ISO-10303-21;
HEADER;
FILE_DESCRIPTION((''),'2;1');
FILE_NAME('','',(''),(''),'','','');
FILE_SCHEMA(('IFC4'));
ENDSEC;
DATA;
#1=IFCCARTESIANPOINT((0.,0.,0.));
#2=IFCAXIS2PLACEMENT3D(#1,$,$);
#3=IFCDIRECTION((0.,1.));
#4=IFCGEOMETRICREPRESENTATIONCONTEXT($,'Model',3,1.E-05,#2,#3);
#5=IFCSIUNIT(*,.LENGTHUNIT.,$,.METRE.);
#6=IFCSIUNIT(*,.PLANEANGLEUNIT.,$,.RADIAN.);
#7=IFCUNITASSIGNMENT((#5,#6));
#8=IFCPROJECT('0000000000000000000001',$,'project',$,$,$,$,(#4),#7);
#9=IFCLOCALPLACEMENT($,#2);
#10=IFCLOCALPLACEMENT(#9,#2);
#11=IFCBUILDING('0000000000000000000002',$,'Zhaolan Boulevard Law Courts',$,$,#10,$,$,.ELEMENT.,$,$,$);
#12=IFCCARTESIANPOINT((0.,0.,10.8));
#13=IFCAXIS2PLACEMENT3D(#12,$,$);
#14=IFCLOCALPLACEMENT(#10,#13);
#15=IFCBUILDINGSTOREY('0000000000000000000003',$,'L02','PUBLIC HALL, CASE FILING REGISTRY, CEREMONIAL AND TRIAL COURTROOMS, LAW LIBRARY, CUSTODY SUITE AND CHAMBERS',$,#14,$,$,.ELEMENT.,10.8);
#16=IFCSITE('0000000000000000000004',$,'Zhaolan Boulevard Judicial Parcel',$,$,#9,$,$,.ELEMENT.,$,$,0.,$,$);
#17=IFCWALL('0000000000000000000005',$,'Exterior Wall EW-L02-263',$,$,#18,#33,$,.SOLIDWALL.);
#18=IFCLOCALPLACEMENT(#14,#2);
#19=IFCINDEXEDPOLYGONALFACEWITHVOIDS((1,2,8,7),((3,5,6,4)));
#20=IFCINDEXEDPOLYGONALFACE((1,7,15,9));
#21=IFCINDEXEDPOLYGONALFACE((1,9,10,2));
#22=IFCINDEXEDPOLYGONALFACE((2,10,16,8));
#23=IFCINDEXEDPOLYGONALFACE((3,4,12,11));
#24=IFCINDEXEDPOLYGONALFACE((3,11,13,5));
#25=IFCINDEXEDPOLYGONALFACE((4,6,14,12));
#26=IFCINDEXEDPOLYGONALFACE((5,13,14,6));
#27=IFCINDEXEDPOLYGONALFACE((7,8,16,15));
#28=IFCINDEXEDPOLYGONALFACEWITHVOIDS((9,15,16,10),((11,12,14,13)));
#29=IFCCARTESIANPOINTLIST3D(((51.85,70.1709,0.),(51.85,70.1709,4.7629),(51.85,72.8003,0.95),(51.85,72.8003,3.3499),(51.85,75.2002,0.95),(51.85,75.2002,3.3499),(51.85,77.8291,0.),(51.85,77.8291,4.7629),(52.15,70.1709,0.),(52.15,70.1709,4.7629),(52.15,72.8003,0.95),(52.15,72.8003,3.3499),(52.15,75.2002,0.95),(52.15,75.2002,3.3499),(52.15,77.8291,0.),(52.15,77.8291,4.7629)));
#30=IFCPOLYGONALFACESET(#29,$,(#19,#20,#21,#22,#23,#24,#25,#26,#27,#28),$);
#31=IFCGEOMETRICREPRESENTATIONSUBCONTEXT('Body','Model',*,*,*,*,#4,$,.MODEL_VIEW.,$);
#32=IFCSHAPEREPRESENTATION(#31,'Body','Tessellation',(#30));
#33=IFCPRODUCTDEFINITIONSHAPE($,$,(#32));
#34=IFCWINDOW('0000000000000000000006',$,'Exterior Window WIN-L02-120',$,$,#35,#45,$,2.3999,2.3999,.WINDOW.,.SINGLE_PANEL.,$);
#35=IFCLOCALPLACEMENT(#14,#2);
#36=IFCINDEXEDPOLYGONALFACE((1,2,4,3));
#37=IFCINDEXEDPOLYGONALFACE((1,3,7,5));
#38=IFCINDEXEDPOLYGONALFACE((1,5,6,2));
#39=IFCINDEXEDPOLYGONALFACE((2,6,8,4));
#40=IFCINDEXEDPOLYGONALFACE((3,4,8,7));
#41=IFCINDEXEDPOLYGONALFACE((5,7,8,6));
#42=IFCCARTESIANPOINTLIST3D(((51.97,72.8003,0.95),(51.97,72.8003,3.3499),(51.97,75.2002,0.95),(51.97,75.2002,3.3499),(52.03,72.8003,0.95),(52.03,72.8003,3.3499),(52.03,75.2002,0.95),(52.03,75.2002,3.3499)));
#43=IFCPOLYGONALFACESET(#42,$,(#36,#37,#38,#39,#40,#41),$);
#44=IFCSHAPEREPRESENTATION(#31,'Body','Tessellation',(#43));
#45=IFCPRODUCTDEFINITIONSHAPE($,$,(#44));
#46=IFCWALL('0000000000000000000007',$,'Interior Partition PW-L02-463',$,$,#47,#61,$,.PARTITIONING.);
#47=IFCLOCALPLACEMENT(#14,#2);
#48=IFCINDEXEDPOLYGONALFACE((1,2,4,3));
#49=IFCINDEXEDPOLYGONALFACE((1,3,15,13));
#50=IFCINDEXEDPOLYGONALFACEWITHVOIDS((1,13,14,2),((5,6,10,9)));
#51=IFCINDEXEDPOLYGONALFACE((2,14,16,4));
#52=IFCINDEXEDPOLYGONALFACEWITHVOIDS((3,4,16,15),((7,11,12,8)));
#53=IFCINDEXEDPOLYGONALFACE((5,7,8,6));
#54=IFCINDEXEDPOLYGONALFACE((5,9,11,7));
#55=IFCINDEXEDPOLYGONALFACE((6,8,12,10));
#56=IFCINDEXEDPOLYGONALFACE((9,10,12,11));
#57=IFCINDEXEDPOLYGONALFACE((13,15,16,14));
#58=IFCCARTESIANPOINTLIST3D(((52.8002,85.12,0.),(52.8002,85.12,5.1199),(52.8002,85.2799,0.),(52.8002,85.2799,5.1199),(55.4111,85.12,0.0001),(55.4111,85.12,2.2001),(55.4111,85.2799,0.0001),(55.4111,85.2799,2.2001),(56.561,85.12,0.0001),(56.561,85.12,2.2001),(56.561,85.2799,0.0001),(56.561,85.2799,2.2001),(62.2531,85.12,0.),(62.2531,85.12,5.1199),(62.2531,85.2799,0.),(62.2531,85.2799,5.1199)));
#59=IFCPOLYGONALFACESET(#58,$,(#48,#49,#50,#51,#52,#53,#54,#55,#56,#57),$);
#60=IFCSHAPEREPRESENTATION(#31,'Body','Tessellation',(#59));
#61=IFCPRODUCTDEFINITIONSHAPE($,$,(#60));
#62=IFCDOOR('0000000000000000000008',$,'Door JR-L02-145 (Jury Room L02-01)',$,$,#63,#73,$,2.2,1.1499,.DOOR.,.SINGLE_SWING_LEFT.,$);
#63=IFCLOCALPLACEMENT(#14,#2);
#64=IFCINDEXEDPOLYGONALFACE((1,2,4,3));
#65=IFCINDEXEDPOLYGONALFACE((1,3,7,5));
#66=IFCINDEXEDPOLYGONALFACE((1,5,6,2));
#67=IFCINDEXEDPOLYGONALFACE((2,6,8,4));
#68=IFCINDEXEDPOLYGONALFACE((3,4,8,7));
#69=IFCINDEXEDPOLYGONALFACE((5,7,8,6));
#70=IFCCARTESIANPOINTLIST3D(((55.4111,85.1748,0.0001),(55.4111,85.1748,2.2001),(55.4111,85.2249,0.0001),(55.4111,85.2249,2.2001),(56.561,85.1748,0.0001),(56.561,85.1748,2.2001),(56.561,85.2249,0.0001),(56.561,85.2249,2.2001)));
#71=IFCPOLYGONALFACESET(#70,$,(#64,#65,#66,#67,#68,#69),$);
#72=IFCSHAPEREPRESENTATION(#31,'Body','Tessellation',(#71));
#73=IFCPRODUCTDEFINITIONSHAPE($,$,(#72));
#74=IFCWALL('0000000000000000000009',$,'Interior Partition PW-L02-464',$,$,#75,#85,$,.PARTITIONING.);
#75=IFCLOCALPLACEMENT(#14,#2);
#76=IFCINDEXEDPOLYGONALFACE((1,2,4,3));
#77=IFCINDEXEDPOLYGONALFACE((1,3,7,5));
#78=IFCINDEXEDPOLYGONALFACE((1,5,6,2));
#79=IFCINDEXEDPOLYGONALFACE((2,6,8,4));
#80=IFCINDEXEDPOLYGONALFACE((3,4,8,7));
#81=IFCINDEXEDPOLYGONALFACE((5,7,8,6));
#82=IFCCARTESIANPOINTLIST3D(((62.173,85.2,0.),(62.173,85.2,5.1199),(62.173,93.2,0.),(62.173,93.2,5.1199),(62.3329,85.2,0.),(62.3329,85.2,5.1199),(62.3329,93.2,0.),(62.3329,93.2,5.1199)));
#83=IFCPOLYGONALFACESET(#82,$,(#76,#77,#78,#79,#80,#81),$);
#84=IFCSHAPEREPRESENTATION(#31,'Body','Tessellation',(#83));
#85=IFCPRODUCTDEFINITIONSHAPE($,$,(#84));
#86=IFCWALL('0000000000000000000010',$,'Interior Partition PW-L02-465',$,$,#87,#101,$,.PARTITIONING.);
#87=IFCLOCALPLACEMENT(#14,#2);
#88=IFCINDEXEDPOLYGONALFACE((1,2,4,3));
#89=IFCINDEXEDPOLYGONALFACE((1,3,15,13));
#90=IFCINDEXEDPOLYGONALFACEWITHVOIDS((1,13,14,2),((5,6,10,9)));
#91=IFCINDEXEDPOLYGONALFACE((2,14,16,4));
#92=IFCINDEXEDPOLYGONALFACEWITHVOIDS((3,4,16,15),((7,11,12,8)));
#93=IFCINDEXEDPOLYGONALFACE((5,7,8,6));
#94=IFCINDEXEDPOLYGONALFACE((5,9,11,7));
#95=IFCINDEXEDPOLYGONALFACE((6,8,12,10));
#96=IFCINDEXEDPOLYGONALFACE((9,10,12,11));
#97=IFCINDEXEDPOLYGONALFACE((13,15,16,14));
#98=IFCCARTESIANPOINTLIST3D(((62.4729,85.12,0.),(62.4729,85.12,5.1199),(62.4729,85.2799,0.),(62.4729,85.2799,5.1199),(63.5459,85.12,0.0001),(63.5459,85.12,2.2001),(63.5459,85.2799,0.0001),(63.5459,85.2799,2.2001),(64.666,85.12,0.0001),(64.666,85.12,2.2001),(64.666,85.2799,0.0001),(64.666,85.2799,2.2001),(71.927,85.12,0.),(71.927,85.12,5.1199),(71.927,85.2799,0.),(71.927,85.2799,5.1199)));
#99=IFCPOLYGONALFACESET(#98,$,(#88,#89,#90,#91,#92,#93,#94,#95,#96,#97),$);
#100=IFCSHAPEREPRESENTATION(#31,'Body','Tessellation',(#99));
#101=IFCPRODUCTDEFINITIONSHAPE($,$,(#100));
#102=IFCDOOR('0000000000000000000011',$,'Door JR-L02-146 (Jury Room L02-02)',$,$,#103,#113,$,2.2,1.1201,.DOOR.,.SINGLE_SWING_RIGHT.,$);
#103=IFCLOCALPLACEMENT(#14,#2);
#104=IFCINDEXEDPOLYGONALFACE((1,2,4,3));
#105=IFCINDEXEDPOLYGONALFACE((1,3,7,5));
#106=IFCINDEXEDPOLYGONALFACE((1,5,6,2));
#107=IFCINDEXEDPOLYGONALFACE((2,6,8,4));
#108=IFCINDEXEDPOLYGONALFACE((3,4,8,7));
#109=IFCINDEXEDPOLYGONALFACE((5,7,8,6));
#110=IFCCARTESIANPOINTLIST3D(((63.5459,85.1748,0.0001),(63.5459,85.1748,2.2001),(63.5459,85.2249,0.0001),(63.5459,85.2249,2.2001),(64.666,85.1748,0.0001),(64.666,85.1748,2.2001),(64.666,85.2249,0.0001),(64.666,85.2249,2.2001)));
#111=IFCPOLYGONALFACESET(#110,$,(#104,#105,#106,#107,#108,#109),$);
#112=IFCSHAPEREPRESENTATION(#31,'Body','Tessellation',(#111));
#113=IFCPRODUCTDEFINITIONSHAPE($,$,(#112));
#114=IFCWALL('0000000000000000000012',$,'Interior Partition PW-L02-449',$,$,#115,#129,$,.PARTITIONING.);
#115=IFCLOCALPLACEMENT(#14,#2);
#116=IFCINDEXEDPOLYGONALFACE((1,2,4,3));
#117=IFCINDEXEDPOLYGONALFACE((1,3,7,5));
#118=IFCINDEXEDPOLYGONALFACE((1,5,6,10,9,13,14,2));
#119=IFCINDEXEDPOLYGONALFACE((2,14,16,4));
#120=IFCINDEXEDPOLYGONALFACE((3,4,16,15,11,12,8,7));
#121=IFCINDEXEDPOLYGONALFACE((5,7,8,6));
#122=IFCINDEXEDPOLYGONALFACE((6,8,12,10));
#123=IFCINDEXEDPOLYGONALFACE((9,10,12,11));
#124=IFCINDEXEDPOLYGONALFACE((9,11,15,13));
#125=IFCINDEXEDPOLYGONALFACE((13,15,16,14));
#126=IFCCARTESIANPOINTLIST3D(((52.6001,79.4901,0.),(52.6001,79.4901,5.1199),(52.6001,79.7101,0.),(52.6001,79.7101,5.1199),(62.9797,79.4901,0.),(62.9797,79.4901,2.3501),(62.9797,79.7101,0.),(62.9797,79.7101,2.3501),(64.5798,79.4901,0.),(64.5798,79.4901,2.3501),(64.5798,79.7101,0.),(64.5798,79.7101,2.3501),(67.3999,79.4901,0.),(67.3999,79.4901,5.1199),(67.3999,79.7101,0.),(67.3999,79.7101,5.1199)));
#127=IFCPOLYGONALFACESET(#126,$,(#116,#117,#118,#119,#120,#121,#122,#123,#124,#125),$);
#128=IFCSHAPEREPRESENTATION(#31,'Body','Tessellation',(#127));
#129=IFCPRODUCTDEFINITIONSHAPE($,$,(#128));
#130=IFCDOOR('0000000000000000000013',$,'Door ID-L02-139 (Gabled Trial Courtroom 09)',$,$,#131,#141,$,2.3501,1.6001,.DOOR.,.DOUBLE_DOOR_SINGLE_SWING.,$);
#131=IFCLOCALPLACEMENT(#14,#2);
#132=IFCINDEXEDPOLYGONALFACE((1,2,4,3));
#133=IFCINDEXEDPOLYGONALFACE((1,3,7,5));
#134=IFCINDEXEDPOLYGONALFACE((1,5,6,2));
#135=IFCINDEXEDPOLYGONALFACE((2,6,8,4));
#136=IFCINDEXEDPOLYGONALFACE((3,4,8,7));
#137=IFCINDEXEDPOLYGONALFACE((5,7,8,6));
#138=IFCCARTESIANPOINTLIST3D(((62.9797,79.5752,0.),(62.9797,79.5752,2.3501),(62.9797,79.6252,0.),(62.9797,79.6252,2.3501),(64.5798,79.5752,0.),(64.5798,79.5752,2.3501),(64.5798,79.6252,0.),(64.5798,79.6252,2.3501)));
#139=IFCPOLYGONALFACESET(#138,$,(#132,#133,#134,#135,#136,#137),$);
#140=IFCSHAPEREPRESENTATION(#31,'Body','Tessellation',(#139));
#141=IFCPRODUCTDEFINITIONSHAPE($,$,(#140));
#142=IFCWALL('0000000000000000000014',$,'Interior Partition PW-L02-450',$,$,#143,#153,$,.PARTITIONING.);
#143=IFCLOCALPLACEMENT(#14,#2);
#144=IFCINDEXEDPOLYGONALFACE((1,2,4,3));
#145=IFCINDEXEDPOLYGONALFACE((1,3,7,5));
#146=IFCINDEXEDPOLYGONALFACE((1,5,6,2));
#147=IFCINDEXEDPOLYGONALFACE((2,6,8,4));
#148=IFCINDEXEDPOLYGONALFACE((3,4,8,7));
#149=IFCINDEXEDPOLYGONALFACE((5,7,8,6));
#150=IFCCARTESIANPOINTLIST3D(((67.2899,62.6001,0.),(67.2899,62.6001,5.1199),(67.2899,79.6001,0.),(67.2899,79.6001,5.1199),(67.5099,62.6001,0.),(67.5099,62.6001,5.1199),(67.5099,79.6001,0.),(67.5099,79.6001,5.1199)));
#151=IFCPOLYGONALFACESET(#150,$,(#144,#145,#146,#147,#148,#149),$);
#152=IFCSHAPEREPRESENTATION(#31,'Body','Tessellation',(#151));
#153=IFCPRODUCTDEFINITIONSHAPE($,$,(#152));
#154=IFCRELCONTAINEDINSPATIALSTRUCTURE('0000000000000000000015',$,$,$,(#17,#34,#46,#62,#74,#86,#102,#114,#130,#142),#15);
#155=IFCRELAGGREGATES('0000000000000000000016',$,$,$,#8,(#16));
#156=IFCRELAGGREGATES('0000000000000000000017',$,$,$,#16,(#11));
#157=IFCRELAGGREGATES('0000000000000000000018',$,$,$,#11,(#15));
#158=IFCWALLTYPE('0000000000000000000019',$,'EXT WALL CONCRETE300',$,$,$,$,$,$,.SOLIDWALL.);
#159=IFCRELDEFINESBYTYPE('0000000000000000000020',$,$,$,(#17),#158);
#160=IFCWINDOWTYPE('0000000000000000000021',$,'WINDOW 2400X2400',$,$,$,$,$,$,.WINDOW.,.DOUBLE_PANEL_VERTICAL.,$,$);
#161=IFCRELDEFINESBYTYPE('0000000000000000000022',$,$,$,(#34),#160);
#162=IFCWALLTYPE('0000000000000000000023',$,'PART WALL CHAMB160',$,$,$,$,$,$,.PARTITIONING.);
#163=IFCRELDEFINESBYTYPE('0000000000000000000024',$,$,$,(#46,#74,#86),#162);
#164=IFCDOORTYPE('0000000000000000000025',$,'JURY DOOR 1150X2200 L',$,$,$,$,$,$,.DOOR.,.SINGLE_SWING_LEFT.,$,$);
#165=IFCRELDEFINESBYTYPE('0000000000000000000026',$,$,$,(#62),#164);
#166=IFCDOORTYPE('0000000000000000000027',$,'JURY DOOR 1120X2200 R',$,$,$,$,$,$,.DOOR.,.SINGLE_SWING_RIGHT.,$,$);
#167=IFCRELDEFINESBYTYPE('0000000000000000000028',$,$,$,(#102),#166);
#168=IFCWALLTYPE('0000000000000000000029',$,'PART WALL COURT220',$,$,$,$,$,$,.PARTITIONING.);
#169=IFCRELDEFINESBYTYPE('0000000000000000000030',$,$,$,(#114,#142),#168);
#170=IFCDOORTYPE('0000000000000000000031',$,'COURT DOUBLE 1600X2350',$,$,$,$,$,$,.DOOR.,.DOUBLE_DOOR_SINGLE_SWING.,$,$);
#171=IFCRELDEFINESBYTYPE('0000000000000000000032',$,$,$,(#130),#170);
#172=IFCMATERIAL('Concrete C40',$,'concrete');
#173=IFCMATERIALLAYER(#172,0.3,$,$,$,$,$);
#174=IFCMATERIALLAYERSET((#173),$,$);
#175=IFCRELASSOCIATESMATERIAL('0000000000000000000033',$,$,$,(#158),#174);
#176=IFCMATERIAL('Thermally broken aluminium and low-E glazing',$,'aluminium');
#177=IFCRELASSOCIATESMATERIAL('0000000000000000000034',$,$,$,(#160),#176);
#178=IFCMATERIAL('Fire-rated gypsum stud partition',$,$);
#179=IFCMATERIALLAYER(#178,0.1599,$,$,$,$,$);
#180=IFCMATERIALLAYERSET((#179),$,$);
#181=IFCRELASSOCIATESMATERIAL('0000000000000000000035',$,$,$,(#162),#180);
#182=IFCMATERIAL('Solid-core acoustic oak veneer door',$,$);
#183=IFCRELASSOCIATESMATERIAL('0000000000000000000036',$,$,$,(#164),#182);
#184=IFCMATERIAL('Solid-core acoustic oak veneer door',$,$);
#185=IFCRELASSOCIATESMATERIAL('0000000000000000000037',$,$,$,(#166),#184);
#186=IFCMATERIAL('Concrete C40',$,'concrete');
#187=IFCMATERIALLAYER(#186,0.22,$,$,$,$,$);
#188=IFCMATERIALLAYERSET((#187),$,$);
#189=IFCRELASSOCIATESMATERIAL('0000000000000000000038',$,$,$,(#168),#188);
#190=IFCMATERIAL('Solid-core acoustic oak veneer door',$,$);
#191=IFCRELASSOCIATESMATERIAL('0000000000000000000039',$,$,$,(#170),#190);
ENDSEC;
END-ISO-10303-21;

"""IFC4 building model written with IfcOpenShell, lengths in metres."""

from ifc_helpers import new_model, si_unit, direction, frame, frame_2d, origin, place, context, subcontext, project, spatial, rectangle, extrude, material, layer, layer_set, type_object, element, fill, save


model = new_model("IFC4")

# Units and contexts
model_context = context("Model", 3, precision=1e-05, world=origin(), true_north=direction((0.0, 1.0)))
body_context = subcontext(model_context, "Body", "Model", "MODEL_VIEW")
ifc_project = project(units=[si_unit("LENGTHUNIT", "METRE"), si_unit("PLANEANGLEUNIT", "RADIAN")], contexts=[model_context])

# Site, building, storey
site_placement = place(None, origin())
site = spatial("IfcSite", under=ifc_project, at=site_placement, Name="Zhaolan Boulevard Judicial Parcel", CompositionType="ELEMENT", RefElevation=0.0)
building_placement = place(site_placement, origin())
building = spatial("IfcBuilding", under=site, at=building_placement, Name="Zhaolan Boulevard Law Courts", CompositionType="ELEMENT")
storey_placement = place(building_placement, frame((0.0, 0.0, 10.8)))
storey = spatial("IfcBuildingStorey", under=building, at=storey_placement, Name="L02", Description="PUBLIC HALL, CASE FILING REGISTRY, CEREMONIAL AND TRIAL COURTROOMS, LAW LIBRARY, CUSTODY SUITE AND CHAMBERS", CompositionType="ELEMENT", Elevation=10.8)

# Wall, opening, window
ifc_material_1 = material(Name="Concrete C40", Category="concrete")
ifc_layer_1 = layer(ifc_material_1, 0.3)
ifc_layer_set_1 = layer_set([ifc_layer_1])
wall_type_1 = type_object("IfcWallType", Name="EXT WALL CONCRETE300", PredefinedType="SOLIDWALL", material=ifc_layer_set_1)
wall_1_placement = place(storey_placement, frame((52.0, 77.8291, 0.0), z_axis=(0.0, 0.0, 1.0), x_axis=(0.0, -1.0, 0.0)))
wall_1 = element("IfcWall", 1, at=wall_1_placement, inside=storey, type_object=wall_type_1, Name="Exterior Wall EW-L02-263", PredefinedType="SOLIDWALL", context=body_context, shape_type="SweptSolid", body=[
    extrude(rectangle(XDim=7.6582, YDim=0.3, at=frame_2d((3.8291, 0.0))), origin(), (0.0, 0.0, 1.0), 4.7629),
])
opening_1_placement = place(wall_1_placement, frame((2.6289, 0.0, 0.95)))
opening_1 = element("IfcOpeningElement", 2, at=opening_1_placement, cuts=wall_1, PredefinedType="OPENING", context=body_context, shape_type="SweptSolid", body=[
    extrude(rectangle(XDim=2.3999, YDim=2.3999, at=frame_2d((1.2, 1.2))), frame((0.0, 0.1599, 0.0), z_axis=(0.0, -1.0, 0.0), x_axis=(1.0, 0.0, 0.0)), (0.0, 0.0, 1.0), 0.3201),
])
ifc_material_2 = material(Name="Thermally broken aluminium and low-E glazing", Category="aluminium")
window_type_1 = type_object("IfcWindowType", Name="WINDOW 2400X2400", PartitioningType="DOUBLE_PANEL_VERTICAL", PredefinedType="WINDOW", material=ifc_material_2)
window_1_placement = place(opening_1_placement, origin())
window_1 = element("IfcWindow", 3, at=window_1_placement, inside=storey, type_object=window_type_1, Name="Exterior Window WIN-L02-120", OverallHeight=2.3999, OverallWidth=2.3999, PartitioningType="SINGLE_PANEL", PredefinedType="WINDOW", context=body_context, shape_type="SweptSolid", body=[
    extrude(rectangle(XDim=2.3999, YDim=2.3999, at=frame_2d((1.2, 1.2))), frame((0.0, 0.03, 0.0), z_axis=(0.0, -1.0, 0.0), x_axis=(1.0, 0.0, 0.0)), (0.0, 0.0, 1.0), 0.0601),
])
fill(opening_1, window_1)

# Wall, opening, door
ifc_material_3 = material(Name="Fire-rated gypsum stud partition")
ifc_layer_2 = layer(ifc_material_3, 0.1599)
ifc_layer_set_2 = layer_set([ifc_layer_2])
wall_type_2 = type_object("IfcWallType", Name="PART WALL CHAMB160", PredefinedType="PARTITIONING", material=ifc_layer_set_2)
wall_2_placement = place(storey_placement, frame((52.8, 85.2, 0.0), z_axis=(0.0, 0.0, 1.0), x_axis=(1.0, 0.0, 0.0)))
wall_2 = element("IfcWall", 4, at=wall_2_placement, inside=storey, type_object=wall_type_2, Name="Interior Partition PW-L02-463", PredefinedType="PARTITIONING", context=body_context, shape_type="SweptSolid", body=[
    extrude(rectangle(XDim=9.4529, YDim=0.1599, at=frame_2d((4.7266, 0.0))), origin(), (0.0, 0.0, 1.0), 5.1199),
])
opening_2_placement = place(wall_2_placement, frame((2.6111, 0.0, 0.0)))
opening_2 = element("IfcOpeningElement", 5, at=opening_2_placement, cuts=wall_2, PredefinedType="OPENING", context=body_context, shape_type="SweptSolid", body=[
    extrude(rectangle(XDim=1.1499, YDim=2.2, at=frame_2d((0.575, 1.1001))), frame((0.0, 0.0898, 0.0), z_axis=(0.0, -1.0, 0.0), x_axis=(1.0, 0.0, 0.0)), (0.0, 0.0, 1.0), 0.1799),
])
ifc_material_4 = material(Name="Solid-core acoustic oak veneer door")
door_type_1 = type_object("IfcDoorType", Name="JURY DOOR 1150X2200 L", OperationType="SINGLE_SWING_LEFT", PredefinedType="DOOR", material=ifc_material_4)
door_1_placement = place(opening_2_placement, origin())
door_1 = element("IfcDoor", 6, at=door_1_placement, inside=storey, type_object=door_type_1, Name="Door JR-L02-145 (Jury Room L02-01)", OperationType="SINGLE_SWING_LEFT", OverallHeight=2.2, OverallWidth=1.1499, PredefinedType="DOOR", context=body_context, shape_type="SweptSolid", body=[
    extrude(rectangle(XDim=1.1499, YDim=2.2, at=frame_2d((0.575, 1.1001))), frame((0.0, 0.0249, 0.0), z_axis=(0.0, -1.0, 0.0), x_axis=(1.0, 0.0, 0.0)), (0.0, 0.0, 1.0), 0.05),
])
fill(opening_2, door_1)

# Wall
wall_3_placement = place(storey_placement, frame((62.2529, 85.2, 0.0), z_axis=(0.0, 0.0, 1.0), x_axis=(0.0, 1.0, 0.0)))
element("IfcWall", 7, at=wall_3_placement, inside=storey, type_object=wall_type_2, Name="Interior Partition PW-L02-464", PredefinedType="PARTITIONING", context=body_context, shape_type="SweptSolid", body=[
    extrude(rectangle(XDim=8.0, YDim=0.1599, at=frame_2d((4.0, 0.0))), origin(), (0.0, 0.0, 1.0), 5.1199),
])

# Walls, openings, doors
wall_4_placement = place(storey_placement, frame((62.4729, 85.2, 0.0), z_axis=(0.0, 0.0, 1.0), x_axis=(1.0, 0.0, 0.0)))
wall_4 = element("IfcWall", 8, at=wall_4_placement, inside=storey, type_object=wall_type_2, Name="Interior Partition PW-L02-465", PredefinedType="PARTITIONING", context=body_context, shape_type="SweptSolid", body=[
    extrude(rectangle(XDim=9.4541, YDim=0.1599, at=frame_2d((4.7271, 0.0))), origin(), (0.0, 0.0, 1.0), 5.1199),
])
opening_3_placement = place(wall_4_placement, frame((1.073, 0.0, 0.0)))
opening_3 = element("IfcOpeningElement", 9, at=opening_3_placement, cuts=wall_4, PredefinedType="OPENING", context=body_context, shape_type="SweptSolid", body=[
    extrude(rectangle(XDim=1.1201, YDim=2.2, at=frame_2d((0.5601, 1.1001))), frame((0.0, 0.0898, 0.0), z_axis=(0.0, -1.0, 0.0), x_axis=(1.0, 0.0, 0.0)), (0.0, 0.0, 1.0), 0.1799),
])
ifc_material_5 = material(Name="Solid-core acoustic oak veneer door")
door_type_2 = type_object("IfcDoorType", Name="JURY DOOR 1120X2200 R", OperationType="SINGLE_SWING_RIGHT", PredefinedType="DOOR", material=ifc_material_5)
door_2_placement = place(opening_3_placement, origin())
door_2 = element("IfcDoor", 10, at=door_2_placement, inside=storey, type_object=door_type_2, Name="Door JR-L02-146 (Jury Room L02-02)", OperationType="SINGLE_SWING_RIGHT", OverallHeight=2.2, OverallWidth=1.1201, PredefinedType="DOOR", context=body_context, shape_type="SweptSolid", body=[
    extrude(rectangle(XDim=1.1201, YDim=2.2, at=frame_2d((0.5601, 1.1001))), frame((0.0, 0.0249, 0.0), z_axis=(0.0, -1.0, 0.0), x_axis=(1.0, 0.0, 0.0)), (0.0, 0.0, 1.0), 0.05),
])
fill(opening_3, door_2)
ifc_material_6 = material(Name="Concrete C40", Category="concrete")
ifc_layer_3 = layer(ifc_material_6, 0.22)
ifc_layer_set_3 = layer_set([ifc_layer_3])
wall_type_3 = type_object("IfcWallType", Name="PART WALL COURT220", PredefinedType="PARTITIONING", material=ifc_layer_set_3)
wall_5_placement = place(storey_placement, frame((67.3999, 79.6001, 0.0), z_axis=(0.0, 0.0, 1.0), x_axis=(-1.0, 0.0, 0.0)))
wall_5 = element("IfcWall", 11, at=wall_5_placement, inside=storey, type_object=wall_type_3, Name="Interior Partition PW-L02-449", PredefinedType="PARTITIONING", context=body_context, shape_type="SweptSolid", body=[
    extrude(rectangle(XDim=14.7998, YDim=0.22, at=frame_2d((7.3999, 0.0))), origin(), (0.0, 0.0, 1.0), 5.1199),
])
opening_4_placement = place(wall_5_placement, frame((2.8201, 0.0, 0.0)))
opening_4 = element("IfcOpeningElement", 12, at=opening_4_placement, cuts=wall_5, PredefinedType="OPENING", context=body_context, shape_type="SweptSolid", body=[
    extrude(rectangle(XDim=1.6001, YDim=2.3501, at=frame_2d((0.8, 1.175))), frame((0.0, 0.1199, 0.0), z_axis=(0.0, -1.0, 0.0), x_axis=(1.0, 0.0, 0.0)), (0.0, 0.0, 1.0), 0.24),
])
ifc_material_7 = material(Name="Solid-core acoustic oak veneer door")
door_type_3 = type_object("IfcDoorType", Name="COURT DOUBLE 1600X2350", OperationType="DOUBLE_DOOR_SINGLE_SWING", PredefinedType="DOOR", material=ifc_material_7)
door_3_placement = place(opening_4_placement, origin())
door_3 = element("IfcDoor", 13, at=door_3_placement, inside=storey, type_object=door_type_3, Name="Door ID-L02-139 (Gabled Trial Courtroom 09)", OperationType="DOUBLE_DOOR_SINGLE_SWING", OverallHeight=2.3501, OverallWidth=1.6001, PredefinedType="DOOR", context=body_context, shape_type="SweptSolid", body=[
    extrude(rectangle(XDim=1.6001, YDim=2.3501, at=frame_2d((0.8, 1.175))), frame((0.0, 0.0249, 0.0), z_axis=(0.0, -1.0, 0.0), x_axis=(1.0, 0.0, 0.0)), (0.0, 0.0, 1.0), 0.05),
])
fill(opening_4, door_3)

# Wall
wall_6_placement = place(storey_placement, frame((67.3999, 62.6001, 0.0), z_axis=(0.0, 0.0, 1.0), x_axis=(0.0, 1.0, 0.0)))
element("IfcWall", 14, at=wall_6_placement, inside=storey, type_object=wall_type_3, Name="Interior Partition PW-L02-450", PredefinedType="PARTITIONING", context=body_context, shape_type="SweptSolid", body=[
    extrude(rectangle(XDim=17.0, YDim=0.22, at=frame_2d((8.5, 0.0))), origin(), (0.0, 0.0, 1.0), 5.1199),
])

save(model, "model.ifc")
